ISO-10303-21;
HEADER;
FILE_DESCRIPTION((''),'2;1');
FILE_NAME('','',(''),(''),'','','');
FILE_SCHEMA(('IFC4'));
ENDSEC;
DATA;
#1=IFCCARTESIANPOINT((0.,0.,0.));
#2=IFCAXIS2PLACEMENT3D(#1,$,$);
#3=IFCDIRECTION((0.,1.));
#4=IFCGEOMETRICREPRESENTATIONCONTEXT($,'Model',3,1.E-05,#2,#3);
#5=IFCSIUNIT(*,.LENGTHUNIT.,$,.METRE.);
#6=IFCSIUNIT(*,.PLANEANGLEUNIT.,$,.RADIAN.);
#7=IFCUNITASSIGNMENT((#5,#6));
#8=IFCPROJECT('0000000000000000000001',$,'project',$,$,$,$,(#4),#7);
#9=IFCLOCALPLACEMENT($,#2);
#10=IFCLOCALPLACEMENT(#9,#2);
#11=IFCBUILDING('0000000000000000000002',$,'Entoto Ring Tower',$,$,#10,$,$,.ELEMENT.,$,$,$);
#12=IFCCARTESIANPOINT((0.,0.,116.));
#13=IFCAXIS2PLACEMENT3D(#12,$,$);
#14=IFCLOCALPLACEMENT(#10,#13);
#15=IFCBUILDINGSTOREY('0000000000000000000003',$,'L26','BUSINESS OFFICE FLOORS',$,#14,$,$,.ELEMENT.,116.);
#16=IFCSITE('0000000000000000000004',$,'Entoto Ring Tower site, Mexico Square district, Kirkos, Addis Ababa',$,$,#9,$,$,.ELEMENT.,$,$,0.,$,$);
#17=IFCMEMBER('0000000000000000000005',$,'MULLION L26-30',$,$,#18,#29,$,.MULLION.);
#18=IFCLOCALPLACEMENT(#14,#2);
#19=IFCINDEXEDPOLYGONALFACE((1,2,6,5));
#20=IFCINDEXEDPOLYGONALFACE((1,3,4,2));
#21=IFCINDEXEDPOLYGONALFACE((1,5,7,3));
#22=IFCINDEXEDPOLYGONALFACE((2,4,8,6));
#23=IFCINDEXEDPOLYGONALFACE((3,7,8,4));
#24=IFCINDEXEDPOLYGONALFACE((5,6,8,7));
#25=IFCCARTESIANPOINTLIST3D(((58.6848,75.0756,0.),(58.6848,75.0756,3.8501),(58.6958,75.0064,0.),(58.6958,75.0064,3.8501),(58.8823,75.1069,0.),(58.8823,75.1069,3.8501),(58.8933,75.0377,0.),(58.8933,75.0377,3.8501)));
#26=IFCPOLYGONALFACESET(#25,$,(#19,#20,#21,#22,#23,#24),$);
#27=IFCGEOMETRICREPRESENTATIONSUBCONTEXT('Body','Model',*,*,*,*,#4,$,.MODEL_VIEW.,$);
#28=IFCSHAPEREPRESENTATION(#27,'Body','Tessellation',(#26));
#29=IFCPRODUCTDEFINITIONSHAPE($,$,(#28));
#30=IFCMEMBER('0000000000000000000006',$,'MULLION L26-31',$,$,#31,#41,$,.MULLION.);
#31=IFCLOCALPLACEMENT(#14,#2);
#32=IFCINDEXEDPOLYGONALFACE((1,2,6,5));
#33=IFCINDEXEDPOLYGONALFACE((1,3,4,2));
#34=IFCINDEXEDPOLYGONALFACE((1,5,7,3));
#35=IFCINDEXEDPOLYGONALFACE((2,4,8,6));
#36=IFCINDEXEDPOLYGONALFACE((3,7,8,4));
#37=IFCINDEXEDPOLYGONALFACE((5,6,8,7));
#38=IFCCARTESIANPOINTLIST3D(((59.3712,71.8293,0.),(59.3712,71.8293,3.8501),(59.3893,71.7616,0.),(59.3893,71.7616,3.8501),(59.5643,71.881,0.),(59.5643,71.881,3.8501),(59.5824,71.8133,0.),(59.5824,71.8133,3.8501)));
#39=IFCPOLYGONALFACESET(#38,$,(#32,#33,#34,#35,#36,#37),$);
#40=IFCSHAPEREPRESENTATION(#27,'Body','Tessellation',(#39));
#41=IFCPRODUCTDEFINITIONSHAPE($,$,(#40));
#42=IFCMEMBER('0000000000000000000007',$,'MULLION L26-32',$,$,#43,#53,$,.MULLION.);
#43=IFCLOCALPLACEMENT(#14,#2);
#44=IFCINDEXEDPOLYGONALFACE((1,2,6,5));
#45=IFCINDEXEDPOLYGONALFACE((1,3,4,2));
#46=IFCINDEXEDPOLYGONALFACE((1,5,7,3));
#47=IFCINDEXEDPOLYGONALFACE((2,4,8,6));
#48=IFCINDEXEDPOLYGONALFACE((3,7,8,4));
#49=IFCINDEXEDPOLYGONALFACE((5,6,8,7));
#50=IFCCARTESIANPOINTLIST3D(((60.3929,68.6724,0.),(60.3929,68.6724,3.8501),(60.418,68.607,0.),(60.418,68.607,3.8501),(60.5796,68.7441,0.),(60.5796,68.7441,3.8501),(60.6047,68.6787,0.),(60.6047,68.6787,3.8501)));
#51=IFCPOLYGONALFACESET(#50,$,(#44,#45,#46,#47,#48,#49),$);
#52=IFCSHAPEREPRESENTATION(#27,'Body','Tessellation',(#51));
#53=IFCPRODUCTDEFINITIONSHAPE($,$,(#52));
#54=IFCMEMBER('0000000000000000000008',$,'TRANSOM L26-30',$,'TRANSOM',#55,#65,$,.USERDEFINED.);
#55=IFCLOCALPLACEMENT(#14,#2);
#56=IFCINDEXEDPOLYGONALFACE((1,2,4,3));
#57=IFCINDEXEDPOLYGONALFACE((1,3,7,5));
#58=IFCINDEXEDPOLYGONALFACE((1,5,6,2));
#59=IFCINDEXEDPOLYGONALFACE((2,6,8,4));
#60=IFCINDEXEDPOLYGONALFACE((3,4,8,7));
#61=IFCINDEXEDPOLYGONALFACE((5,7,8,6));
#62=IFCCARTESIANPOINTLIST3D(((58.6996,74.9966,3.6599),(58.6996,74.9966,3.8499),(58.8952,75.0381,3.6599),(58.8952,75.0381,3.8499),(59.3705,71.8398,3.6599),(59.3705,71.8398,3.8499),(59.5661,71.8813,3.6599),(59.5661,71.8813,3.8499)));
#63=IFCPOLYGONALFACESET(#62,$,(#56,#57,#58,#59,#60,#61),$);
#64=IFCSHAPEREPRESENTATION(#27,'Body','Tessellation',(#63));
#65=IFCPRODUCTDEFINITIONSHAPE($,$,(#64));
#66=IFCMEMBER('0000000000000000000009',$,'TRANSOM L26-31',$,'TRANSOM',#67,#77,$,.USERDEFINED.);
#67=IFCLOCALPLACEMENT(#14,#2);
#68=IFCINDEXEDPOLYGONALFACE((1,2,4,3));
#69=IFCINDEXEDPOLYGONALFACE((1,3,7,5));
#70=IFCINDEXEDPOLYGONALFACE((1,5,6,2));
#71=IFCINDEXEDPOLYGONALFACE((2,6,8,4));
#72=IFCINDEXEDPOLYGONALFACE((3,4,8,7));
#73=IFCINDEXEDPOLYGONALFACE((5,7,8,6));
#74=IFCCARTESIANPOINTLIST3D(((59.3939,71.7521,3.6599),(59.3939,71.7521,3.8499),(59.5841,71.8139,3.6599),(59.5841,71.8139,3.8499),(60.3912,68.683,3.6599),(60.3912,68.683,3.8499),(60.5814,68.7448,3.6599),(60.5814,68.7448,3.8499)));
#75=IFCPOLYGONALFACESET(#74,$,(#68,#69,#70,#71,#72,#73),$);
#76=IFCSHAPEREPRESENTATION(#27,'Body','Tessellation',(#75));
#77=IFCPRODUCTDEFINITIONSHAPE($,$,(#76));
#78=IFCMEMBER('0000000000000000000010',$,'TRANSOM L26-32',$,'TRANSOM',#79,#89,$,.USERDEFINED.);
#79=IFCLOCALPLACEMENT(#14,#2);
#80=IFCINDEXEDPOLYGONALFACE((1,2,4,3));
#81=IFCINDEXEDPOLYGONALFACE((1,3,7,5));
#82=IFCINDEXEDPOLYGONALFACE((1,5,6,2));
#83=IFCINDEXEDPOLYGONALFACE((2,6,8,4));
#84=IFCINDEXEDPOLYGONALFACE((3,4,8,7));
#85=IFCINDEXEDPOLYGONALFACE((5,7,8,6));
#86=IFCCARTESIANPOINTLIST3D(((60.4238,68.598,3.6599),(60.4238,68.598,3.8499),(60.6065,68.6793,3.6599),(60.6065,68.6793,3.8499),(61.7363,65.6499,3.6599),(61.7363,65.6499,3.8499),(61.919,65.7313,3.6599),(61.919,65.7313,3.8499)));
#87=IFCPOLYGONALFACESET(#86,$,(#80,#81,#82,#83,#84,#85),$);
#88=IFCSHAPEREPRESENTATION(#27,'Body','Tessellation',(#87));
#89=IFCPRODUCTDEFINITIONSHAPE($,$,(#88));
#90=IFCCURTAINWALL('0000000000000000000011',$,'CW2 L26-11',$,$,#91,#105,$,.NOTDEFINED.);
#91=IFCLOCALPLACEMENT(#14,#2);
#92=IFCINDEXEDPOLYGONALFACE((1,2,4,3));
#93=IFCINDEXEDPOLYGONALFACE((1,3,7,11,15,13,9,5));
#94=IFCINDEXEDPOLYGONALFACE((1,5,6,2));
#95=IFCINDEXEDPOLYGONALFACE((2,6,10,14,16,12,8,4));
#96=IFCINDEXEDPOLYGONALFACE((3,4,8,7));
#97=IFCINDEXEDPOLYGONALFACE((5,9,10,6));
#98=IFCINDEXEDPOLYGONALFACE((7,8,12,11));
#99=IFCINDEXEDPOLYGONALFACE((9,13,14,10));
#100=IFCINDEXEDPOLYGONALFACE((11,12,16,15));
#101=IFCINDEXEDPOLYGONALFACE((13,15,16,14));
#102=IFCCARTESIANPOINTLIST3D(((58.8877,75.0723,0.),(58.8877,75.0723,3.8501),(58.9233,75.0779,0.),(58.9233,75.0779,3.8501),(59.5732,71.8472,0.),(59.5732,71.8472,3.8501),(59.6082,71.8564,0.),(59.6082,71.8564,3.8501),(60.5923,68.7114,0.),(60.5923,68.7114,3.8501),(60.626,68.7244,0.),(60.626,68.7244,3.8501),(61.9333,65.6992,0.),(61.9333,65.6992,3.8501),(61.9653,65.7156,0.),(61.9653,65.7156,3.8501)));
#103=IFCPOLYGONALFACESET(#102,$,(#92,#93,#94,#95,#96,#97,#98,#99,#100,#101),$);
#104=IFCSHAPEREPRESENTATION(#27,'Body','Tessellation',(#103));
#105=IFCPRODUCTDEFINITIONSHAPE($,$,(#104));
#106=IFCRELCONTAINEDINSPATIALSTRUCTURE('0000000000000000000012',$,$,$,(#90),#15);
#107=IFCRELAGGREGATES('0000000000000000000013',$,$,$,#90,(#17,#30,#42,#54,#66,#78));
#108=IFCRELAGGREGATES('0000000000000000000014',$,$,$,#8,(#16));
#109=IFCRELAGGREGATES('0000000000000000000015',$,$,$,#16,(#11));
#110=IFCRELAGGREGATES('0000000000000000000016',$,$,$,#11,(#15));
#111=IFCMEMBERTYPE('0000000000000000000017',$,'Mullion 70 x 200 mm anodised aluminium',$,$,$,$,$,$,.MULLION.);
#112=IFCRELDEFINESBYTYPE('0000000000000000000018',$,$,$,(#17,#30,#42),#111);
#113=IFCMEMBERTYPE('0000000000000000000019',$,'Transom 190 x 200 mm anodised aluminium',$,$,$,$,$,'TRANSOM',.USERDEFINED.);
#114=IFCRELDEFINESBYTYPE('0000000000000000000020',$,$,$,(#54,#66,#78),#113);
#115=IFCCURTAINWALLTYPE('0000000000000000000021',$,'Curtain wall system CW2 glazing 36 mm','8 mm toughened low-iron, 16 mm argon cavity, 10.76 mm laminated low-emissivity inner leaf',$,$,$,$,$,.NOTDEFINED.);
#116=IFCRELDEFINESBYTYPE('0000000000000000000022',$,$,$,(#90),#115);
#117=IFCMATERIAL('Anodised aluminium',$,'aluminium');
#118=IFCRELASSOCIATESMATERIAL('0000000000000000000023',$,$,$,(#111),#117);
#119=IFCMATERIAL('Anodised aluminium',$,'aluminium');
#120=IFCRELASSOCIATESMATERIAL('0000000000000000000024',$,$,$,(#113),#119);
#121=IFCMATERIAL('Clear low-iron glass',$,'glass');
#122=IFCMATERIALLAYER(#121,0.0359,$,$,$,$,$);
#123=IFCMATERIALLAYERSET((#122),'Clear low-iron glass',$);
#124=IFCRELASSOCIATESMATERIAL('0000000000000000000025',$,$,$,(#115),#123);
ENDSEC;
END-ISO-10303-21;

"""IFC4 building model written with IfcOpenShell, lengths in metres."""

from ifc_helpers import new_model, si_unit, direction, frame, origin, origin_2d, place, context, subcontext, project, spatial, polyline, rectangle, outline, extrude, material, layer, layer_set, material_profile, profile_set, type_object, element, aggregate, save


model = new_model("IFC4")

# Units and contexts
model_context = context("Model", 3, precision=1e-05, world=origin(), true_north=direction((0.0, 1.0)))
body_context = subcontext(model_context, "Body", "Model", "MODEL_VIEW")
ifc_project = project(units=[si_unit("LENGTHUNIT", "METRE"), si_unit("PLANEANGLEUNIT", "RADIAN")], contexts=[model_context])

# Members
ifc_material_1 = material(Name="Anodised aluminium", Category="aluminium")
ifc_material_profile_1 = material_profile(ifc_material_1, rectangle(XDim=0.0701, YDim=0.2, at=origin_2d()), Name="Mullion 70 x 200 mm anodised aluminium")
ifc_profile_set_1 = profile_set([ifc_material_profile_1], Name="Anodised aluminium")
member_type_1 = type_object("IfcMemberType", Name="Mullion 70 x 200 mm anodised aluminium", PredefinedType="MULLION", material=ifc_profile_set_1)
site_placement = place(None, origin())
building_placement = place(site_placement, origin())
storey_placement = place(building_placement, frame((0.0, 0.0, 116.0)))
member_1_placement = place(storey_placement, frame((58.7891, 75.0566, 0.0), z_axis=(0.0, 0.0, 1.0), x_axis=(0.156434, -0.987688, 0.0)))
member_1 = element("IfcMember", 1, at=member_1_placement, type_object=member_type_1, Name="MULLION L26-30", PredefinedType="MULLION", context=body_context, shape_type="SweptSolid", body=[
    extrude(rectangle(XDim=0.0701, YDim=0.2, at=origin_2d()), origin(), (0.0, 0.0, 1.0), 3.8501),
])
member_2_placement = place(storey_placement, frame((59.4768, 71.8213, 0.0), z_axis=(0.0, 0.0, 1.0), x_axis=(0.258819, -0.965926, 0.0)))
member_2 = element("IfcMember", 2, at=member_2_placement, type_object=member_type_1, Name="MULLION L26-31", PredefinedType="MULLION", context=body_context, shape_type="SweptSolid", body=[
    extrude(rectangle(XDim=0.0701, YDim=0.2, at=origin_2d()), origin(), (0.0, 0.0, 1.0), 3.8501),
])
member_3_placement = place(storey_placement, frame((60.4988, 68.6755, 0.0), z_axis=(0.0, 0.0, 1.0), x_axis=(0.358368, -0.93358, 0.0)))
member_3 = element("IfcMember", 3, at=member_3_placement, type_object=member_type_1, Name="MULLION L26-32", PredefinedType="MULLION", context=body_context, shape_type="SweptSolid", body=[
    extrude(rectangle(XDim=0.0701, YDim=0.2, at=origin_2d()), origin(), (0.0, 0.0, 1.0), 3.8501),
])
ifc_material_2 = material(Name="Anodised aluminium", Category="aluminium")
ifc_material_profile_2 = material_profile(ifc_material_2, rectangle(XDim=0.2, YDim=0.1899, at=origin_2d()), Name="Transom 190 x 200 mm anodised aluminium")
ifc_profile_set_2 = profile_set([ifc_material_profile_2], Name="Anodised aluminium")
member_type_2 = type_object("IfcMemberType", Name="Transom 190 x 200 mm anodised aluminium", ElementType="TRANSOM", PredefinedType="USERDEFINED", material=ifc_profile_set_2)
member_4_placement = place(storey_placement, frame((58.7974, 75.0173, 3.7549), z_axis=(0.207886, -0.978153, 0.0), x_axis=(0.978153, 0.207886, 0.0)))
member_4 = element("IfcMember", 4, at=member_4_placement, type_object=member_type_2, Name="TRANSOM L26-30", ObjectType="TRANSOM", PredefinedType="USERDEFINED", context=body_context, shape_type="SweptSolid", body=[
    extrude(rectangle(XDim=0.2, YDim=0.1899, at=origin_2d()), origin(), (0.0, 0.0, 1.0), 3.2273),
])
member_5_placement = place(storey_placement, frame((59.489, 71.783, 3.7549), z_axis=(0.309047, -0.951047, 0.0), x_axis=(0.951047, 0.309047, 0.0)))
member_5 = element("IfcMember", 5, at=member_5_placement, type_object=member_type_2, Name="TRANSOM L26-31", ObjectType="TRANSOM", PredefinedType="USERDEFINED", context=body_context, shape_type="SweptSolid", body=[
    extrude(rectangle(XDim=0.2, YDim=0.1899, at=origin_2d()), origin(), (0.0, 0.0, 1.0), 3.2271),
])
member_6_placement = place(storey_placement, frame((60.5151, 68.6387, 3.7549), z_axis=(0.406728, -0.913549, 0.0), x_axis=(0.913549, 0.406728, 0.0)))
member_6 = element("IfcMember", 6, at=member_6_placement, type_object=member_type_2, Name="TRANSOM L26-32", ObjectType="TRANSOM", PredefinedType="USERDEFINED", context=body_context, shape_type="SweptSolid", body=[
    extrude(rectangle(XDim=0.2, YDim=0.1899, at=origin_2d()), origin(), (0.0, 0.0, 1.0), 3.2271),
])

# Site, building, storey
site = spatial("IfcSite", under=ifc_project, at=site_placement, Name="Entoto Ring Tower site, Mexico Square district, Kirkos, Addis Ababa", CompositionType="ELEMENT", RefElevation=0.0)
building = spatial("IfcBuilding", under=site, at=building_placement, Name="Entoto Ring Tower", CompositionType="ELEMENT")
storey = spatial("IfcBuildingStorey", under=building, at=storey_placement, Name="L26", Description="BUSINESS OFFICE FLOORS", CompositionType="ELEMENT", Elevation=116.0)

# Curtain wall
ifc_material_3 = material(Name="Clear low-iron glass", Category="glass")
ifc_layer = layer(ifc_material_3, 0.0359)
ifc_layer_set = layer_set([ifc_layer], Name="Clear low-iron glass")
curtain_wall_type = type_object("IfcCurtainWallType", Name="Curtain wall system CW2 glazing 36 mm", Description="8 mm toughened low-iron, 16 mm argon cavity, 10.76 mm laminated low-emissivity inner leaf", PredefinedType="NOTDEFINED", material=ifc_layer_set)
curtain_wall_1_placement = place(storey_placement, origin())
curtain_wall_1 = element("IfcCurtainWall", 7, at=curtain_wall_1_placement, inside=storey, type_object=curtain_wall_type, Name="CW2 L26-11", PredefinedType="NOTDEFINED", context=body_context, shape_type="SweptSolid", body=[
    extrude(outline(polyline([(58.8877, 75.0723), (59.5732, 71.8472), (60.5923, 68.7114), (61.9333, 65.6992), (61.9653, 65.7156), (60.626, 68.7244), (59.6082, 71.8564), (58.9233, 75.0779), (58.8877, 75.0723)])), origin(), (0.0, 0.0, 1.0), 3.8501),
])
aggregate(curtain_wall_1, [member_1, member_2, member_3, member_4, member_5, member_6])

save(model, "model.ifc")
